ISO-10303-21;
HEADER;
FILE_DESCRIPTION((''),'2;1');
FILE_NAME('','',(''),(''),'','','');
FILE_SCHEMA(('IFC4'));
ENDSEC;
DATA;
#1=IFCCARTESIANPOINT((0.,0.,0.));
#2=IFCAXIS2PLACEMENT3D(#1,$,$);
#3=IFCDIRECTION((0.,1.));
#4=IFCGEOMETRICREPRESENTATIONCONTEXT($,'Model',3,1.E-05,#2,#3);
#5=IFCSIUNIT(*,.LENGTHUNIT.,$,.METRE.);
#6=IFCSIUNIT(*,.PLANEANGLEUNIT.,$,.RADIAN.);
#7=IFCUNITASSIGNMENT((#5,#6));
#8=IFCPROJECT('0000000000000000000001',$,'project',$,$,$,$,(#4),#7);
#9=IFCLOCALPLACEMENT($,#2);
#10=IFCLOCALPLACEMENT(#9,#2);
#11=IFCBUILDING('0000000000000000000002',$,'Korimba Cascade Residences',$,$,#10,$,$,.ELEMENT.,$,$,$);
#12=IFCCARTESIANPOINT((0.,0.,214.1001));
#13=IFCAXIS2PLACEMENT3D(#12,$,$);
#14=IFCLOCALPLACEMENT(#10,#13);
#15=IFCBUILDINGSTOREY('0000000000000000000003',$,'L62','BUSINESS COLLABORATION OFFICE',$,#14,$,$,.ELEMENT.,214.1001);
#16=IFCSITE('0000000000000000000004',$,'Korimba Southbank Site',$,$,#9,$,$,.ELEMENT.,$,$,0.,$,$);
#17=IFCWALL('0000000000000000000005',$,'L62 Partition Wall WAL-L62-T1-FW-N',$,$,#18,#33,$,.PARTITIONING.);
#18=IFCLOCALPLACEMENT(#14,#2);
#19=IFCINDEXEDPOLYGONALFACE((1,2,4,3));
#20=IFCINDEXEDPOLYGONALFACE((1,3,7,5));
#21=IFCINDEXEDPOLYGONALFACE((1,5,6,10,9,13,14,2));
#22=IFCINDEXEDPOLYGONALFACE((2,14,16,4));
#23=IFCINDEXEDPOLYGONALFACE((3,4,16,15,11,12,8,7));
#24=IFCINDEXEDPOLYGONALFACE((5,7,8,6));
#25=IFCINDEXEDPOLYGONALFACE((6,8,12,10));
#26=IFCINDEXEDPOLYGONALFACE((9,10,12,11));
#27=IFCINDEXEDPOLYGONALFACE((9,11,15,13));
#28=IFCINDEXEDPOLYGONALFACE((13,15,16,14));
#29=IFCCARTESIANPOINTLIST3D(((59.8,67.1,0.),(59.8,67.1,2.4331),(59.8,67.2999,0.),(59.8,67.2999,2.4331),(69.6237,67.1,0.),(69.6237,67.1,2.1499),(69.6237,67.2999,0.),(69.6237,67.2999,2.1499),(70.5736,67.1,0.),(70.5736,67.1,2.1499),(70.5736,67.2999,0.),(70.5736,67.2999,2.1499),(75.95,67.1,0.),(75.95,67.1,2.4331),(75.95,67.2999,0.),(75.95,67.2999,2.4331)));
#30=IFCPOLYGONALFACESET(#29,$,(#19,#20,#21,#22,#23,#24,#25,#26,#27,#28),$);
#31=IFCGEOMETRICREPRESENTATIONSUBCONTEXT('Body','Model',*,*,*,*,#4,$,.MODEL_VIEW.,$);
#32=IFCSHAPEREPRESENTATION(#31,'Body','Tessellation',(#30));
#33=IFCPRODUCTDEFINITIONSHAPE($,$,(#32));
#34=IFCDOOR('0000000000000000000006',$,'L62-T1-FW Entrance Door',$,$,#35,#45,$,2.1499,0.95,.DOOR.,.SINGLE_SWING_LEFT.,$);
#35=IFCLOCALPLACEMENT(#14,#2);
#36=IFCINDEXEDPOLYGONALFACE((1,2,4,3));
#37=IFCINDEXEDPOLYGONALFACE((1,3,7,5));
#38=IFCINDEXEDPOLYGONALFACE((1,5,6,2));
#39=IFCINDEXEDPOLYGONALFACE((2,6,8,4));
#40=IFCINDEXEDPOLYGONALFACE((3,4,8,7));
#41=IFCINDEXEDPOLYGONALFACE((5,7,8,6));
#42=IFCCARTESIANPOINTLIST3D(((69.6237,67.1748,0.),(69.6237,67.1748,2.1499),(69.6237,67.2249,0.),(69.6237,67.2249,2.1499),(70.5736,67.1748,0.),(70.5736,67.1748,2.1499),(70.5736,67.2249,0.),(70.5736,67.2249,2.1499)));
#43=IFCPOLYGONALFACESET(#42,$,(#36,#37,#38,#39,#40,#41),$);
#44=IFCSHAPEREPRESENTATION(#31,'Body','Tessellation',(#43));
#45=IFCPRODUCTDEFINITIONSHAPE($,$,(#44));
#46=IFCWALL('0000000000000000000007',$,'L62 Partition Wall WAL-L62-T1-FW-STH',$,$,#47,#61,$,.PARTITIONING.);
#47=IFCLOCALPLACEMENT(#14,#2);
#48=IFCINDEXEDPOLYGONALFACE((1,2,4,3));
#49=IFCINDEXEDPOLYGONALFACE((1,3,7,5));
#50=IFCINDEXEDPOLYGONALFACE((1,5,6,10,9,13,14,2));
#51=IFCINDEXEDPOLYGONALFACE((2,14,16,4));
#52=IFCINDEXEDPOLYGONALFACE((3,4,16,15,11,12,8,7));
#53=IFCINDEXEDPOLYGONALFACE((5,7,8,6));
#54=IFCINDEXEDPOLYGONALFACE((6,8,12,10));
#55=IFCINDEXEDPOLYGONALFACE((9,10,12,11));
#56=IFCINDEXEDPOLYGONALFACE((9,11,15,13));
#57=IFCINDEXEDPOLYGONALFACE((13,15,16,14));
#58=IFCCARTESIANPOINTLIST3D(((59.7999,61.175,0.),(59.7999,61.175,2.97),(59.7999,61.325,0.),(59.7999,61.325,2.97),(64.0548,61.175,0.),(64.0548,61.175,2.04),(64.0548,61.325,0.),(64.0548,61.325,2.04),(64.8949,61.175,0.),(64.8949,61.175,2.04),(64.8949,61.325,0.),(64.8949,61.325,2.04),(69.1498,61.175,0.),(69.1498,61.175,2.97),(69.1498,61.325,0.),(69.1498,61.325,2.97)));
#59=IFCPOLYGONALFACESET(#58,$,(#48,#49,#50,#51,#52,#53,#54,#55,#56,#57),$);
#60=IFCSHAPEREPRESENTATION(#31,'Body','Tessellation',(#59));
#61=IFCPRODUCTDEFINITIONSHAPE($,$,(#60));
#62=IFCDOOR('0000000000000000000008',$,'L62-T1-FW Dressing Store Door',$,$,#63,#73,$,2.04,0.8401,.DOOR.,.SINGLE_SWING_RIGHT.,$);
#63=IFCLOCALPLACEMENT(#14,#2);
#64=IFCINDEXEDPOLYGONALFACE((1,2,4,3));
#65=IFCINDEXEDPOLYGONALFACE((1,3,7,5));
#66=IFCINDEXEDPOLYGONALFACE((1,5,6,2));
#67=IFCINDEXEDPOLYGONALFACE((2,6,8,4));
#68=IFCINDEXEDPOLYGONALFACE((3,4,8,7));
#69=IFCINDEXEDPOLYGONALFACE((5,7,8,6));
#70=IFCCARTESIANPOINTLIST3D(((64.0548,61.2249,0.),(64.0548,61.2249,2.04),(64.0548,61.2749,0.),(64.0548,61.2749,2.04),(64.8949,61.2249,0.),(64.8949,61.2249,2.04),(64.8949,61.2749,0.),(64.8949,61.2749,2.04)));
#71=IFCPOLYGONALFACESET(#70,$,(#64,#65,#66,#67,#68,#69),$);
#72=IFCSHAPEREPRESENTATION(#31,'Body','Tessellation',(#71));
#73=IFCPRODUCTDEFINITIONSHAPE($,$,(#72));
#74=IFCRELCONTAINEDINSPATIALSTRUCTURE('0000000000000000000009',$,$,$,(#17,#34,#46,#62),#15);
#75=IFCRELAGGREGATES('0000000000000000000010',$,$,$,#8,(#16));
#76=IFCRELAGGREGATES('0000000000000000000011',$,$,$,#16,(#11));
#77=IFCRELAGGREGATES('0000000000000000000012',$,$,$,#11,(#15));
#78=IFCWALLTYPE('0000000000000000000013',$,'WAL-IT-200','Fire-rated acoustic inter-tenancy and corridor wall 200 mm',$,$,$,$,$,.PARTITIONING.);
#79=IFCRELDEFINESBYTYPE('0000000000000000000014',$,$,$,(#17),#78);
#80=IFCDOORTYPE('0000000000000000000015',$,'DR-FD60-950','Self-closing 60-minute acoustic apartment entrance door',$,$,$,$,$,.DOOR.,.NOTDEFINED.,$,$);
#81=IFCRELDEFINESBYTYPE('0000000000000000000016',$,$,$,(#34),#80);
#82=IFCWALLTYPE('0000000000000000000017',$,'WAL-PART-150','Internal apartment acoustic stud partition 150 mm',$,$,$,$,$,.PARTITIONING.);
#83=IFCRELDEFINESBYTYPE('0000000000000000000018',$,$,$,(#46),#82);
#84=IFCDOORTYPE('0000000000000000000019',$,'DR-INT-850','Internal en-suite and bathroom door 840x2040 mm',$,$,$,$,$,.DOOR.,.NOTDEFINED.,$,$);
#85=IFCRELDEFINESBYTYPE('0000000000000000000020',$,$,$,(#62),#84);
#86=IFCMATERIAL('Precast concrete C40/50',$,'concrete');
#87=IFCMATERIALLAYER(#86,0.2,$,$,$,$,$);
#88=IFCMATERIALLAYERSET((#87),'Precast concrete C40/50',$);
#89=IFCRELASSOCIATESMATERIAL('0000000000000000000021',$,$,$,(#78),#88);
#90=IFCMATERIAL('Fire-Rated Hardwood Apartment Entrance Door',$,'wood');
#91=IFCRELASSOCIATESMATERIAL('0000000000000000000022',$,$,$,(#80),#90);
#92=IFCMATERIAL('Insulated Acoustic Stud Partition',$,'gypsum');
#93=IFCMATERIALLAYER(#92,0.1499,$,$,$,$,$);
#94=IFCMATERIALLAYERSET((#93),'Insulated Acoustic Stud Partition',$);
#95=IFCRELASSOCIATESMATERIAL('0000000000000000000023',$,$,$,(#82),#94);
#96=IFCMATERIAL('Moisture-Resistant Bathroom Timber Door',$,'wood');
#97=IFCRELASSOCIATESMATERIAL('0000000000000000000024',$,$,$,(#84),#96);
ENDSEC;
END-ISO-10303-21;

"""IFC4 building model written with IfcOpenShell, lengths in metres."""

from ifc_helpers import new_model, si_unit, direction, frame, frame_2d, origin, place, context, subcontext, project, spatial, rectangle, extrude, material, layer, layer_set, type_object, element, fill, save


model = new_model("IFC4")

# Units and contexts
model_context = context("Model", 3, precision=1e-05, world=origin(), true_north=direction((0.0, 1.0)))
body_context = subcontext(model_context, "Body", "Model", "MODEL_VIEW")
ifc_project = project(units=[si_unit("LENGTHUNIT", "METRE"), si_unit("PLANEANGLEUNIT", "RADIAN")], contexts=[model_context])

# Site, building, storey
site_placement = place(None, origin())
site = spatial("IfcSite", under=ifc_project, at=site_placement, Name="Korimba Southbank Site", CompositionType="ELEMENT", RefElevation=0.0)
building_placement = place(site_placement, origin())
building = spatial("IfcBuilding", under=site, at=building_placement, Name="Korimba Cascade Residences", CompositionType="ELEMENT")
storey_placement = place(building_placement, frame((0.0, 0.0, 214.1001)))
storey = spatial("IfcBuildingStorey", under=building, at=storey_placement, Name="L62", Description="BUSINESS COLLABORATION OFFICE", CompositionType="ELEMENT", Elevation=214.1001)

# Shared definitions
ifc_material_1 = material(Name="Precast concrete C40/50", Category="concrete")

# Shared definitions
ifc_layer_1 = layer(ifc_material_1, 0.2)
ifc_layer_set_1 = layer_set([ifc_layer_1], Name="Precast concrete C40/50")
wall_type_1 = type_object("IfcWallType", Name="WAL-IT-200", Description="Fire-rated acoustic inter-tenancy and corridor wall 200 mm", PredefinedType="PARTITIONING", material=ifc_layer_set_1)

# Walls, openings, doors
wall_1_placement = place(storey_placement, frame((59.8, 67.2, 0.0), z_axis=(0.0, 0.0, 1.0), x_axis=(1.0, 0.0, 0.0)))
wall_1 = element("IfcWall", 1, at=wall_1_placement, inside=storey, type_object=wall_type_1, Name="L62 Partition Wall WAL-L62-T1-FW-N", PredefinedType="PARTITIONING", context=body_context, shape_type="SweptSolid", body=[
    extrude(rectangle(XDim=16.1499, YDim=0.2, at=frame_2d((8.075, 0.0))), origin(), (0.0, 0.0, 1.0), 2.4331),
])
opening_1_placement = place(wall_1_placement, frame((9.8235, 0.0, 0.0)))
opening_1 = element("IfcOpeningElement", 2, at=opening_1_placement, cuts=wall_1, PredefinedType="OPENING", context=body_context, shape_type="SweptSolid", body=[
    extrude(rectangle(XDim=0.95, YDim=2.1499, at=frame_2d((0.4751, 1.075))), frame((0.0, 0.1099, 0.0), z_axis=(0.0, -1.0, 0.0), x_axis=(1.0, 0.0, 0.0)), (0.0, 0.0, 1.0), 0.22),
])
ifc_material_2 = material(Name="Fire-Rated Hardwood Apartment Entrance Door", Category="wood")
door_type_1 = type_object("IfcDoorType", Name="DR-FD60-950", Description="Self-closing 60-minute acoustic apartment entrance door", OperationType="NOTDEFINED", PredefinedType="DOOR", material=ifc_material_2)
door_1_placement = place(opening_1_placement, origin())
door_1 = element("IfcDoor", 3, at=door_1_placement, inside=storey, type_object=door_type_1, Name="L62-T1-FW Entrance Door", OperationType="SINGLE_SWING_LEFT", OverallHeight=2.1499, OverallWidth=0.95, PredefinedType="DOOR", context=body_context, shape_type="SweptSolid", body=[
    extrude(rectangle(XDim=0.95, YDim=2.1499, at=frame_2d((0.4751, 1.075))), frame((0.0, 0.0249, 0.0), z_axis=(0.0, -1.0, 0.0), x_axis=(1.0, 0.0, 0.0)), (0.0, 0.0, 1.0), 0.05),
])
fill(opening_1, door_1)
ifc_material_3 = material(Name="Insulated Acoustic Stud Partition", Category="gypsum")
ifc_layer_2 = layer(ifc_material_3, 0.1499)
ifc_layer_set_2 = layer_set([ifc_layer_2], Name="Insulated Acoustic Stud Partition")
wall_type_2 = type_object("IfcWallType", Name="WAL-PART-150", Description="Internal apartment acoustic stud partition 150 mm", PredefinedType="PARTITIONING", material=ifc_layer_set_2)
wall_2_placement = place(storey_placement, frame((59.8, 61.25, 0.0), z_axis=(0.0, 0.0, 1.0), x_axis=(1.0, 0.0, 0.0)))
wall_2 = element("IfcWall", 4, at=wall_2_placement, inside=storey, type_object=wall_type_2, Name="L62 Partition Wall WAL-L62-T1-FW-STH", PredefinedType="PARTITIONING", context=body_context, shape_type="SweptSolid", body=[
    extrude(rectangle(XDim=9.3499, YDim=0.1499, at=frame_2d((4.6748, 0.0))), origin(), (0.0, 0.0, 1.0), 2.97),
])
opening_2_placement = place(wall_2_placement, frame((4.2549, 0.0, 0.0)))
opening_2 = element("IfcOpeningElement", 5, at=opening_2_placement, cuts=wall_2, PredefinedType="OPENING", context=body_context, shape_type="SweptSolid", body=[
    extrude(rectangle(XDim=0.8401, YDim=2.04, at=frame_2d((0.4199, 1.02))), frame((0.0, 0.085, 0.0), z_axis=(0.0, -1.0, 0.0), x_axis=(1.0, 0.0, 0.0)), (0.0, 0.0, 1.0), 0.1699),
])
ifc_material_4 = material(Name="Moisture-Resistant Bathroom Timber Door", Category="wood")
door_type_2 = type_object("IfcDoorType", Name="DR-INT-850", Description="Internal en-suite and bathroom door 840x2040 mm", OperationType="NOTDEFINED", PredefinedType="DOOR", material=ifc_material_4)
door_2_placement = place(opening_2_placement, origin())
door_2 = element("IfcDoor", 6, at=door_2_placement, inside=storey, type_object=door_type_2, Name="L62-T1-FW Dressing Store Door", OperationType="SINGLE_SWING_RIGHT", OverallHeight=2.04, OverallWidth=0.8401, PredefinedType="DOOR", context=body_context, shape_type="SweptSolid", body=[
    extrude(rectangle(XDim=0.8401, YDim=2.04, at=frame_2d((0.4199, 1.02))), frame((0.0, 0.0249, 0.0), z_axis=(0.0, -1.0, 0.0), x_axis=(1.0, 0.0, 0.0)), (0.0, 0.0, 1.0), 0.05),
])
fill(opening_2, door_2)

save(model, "model.ifc")
